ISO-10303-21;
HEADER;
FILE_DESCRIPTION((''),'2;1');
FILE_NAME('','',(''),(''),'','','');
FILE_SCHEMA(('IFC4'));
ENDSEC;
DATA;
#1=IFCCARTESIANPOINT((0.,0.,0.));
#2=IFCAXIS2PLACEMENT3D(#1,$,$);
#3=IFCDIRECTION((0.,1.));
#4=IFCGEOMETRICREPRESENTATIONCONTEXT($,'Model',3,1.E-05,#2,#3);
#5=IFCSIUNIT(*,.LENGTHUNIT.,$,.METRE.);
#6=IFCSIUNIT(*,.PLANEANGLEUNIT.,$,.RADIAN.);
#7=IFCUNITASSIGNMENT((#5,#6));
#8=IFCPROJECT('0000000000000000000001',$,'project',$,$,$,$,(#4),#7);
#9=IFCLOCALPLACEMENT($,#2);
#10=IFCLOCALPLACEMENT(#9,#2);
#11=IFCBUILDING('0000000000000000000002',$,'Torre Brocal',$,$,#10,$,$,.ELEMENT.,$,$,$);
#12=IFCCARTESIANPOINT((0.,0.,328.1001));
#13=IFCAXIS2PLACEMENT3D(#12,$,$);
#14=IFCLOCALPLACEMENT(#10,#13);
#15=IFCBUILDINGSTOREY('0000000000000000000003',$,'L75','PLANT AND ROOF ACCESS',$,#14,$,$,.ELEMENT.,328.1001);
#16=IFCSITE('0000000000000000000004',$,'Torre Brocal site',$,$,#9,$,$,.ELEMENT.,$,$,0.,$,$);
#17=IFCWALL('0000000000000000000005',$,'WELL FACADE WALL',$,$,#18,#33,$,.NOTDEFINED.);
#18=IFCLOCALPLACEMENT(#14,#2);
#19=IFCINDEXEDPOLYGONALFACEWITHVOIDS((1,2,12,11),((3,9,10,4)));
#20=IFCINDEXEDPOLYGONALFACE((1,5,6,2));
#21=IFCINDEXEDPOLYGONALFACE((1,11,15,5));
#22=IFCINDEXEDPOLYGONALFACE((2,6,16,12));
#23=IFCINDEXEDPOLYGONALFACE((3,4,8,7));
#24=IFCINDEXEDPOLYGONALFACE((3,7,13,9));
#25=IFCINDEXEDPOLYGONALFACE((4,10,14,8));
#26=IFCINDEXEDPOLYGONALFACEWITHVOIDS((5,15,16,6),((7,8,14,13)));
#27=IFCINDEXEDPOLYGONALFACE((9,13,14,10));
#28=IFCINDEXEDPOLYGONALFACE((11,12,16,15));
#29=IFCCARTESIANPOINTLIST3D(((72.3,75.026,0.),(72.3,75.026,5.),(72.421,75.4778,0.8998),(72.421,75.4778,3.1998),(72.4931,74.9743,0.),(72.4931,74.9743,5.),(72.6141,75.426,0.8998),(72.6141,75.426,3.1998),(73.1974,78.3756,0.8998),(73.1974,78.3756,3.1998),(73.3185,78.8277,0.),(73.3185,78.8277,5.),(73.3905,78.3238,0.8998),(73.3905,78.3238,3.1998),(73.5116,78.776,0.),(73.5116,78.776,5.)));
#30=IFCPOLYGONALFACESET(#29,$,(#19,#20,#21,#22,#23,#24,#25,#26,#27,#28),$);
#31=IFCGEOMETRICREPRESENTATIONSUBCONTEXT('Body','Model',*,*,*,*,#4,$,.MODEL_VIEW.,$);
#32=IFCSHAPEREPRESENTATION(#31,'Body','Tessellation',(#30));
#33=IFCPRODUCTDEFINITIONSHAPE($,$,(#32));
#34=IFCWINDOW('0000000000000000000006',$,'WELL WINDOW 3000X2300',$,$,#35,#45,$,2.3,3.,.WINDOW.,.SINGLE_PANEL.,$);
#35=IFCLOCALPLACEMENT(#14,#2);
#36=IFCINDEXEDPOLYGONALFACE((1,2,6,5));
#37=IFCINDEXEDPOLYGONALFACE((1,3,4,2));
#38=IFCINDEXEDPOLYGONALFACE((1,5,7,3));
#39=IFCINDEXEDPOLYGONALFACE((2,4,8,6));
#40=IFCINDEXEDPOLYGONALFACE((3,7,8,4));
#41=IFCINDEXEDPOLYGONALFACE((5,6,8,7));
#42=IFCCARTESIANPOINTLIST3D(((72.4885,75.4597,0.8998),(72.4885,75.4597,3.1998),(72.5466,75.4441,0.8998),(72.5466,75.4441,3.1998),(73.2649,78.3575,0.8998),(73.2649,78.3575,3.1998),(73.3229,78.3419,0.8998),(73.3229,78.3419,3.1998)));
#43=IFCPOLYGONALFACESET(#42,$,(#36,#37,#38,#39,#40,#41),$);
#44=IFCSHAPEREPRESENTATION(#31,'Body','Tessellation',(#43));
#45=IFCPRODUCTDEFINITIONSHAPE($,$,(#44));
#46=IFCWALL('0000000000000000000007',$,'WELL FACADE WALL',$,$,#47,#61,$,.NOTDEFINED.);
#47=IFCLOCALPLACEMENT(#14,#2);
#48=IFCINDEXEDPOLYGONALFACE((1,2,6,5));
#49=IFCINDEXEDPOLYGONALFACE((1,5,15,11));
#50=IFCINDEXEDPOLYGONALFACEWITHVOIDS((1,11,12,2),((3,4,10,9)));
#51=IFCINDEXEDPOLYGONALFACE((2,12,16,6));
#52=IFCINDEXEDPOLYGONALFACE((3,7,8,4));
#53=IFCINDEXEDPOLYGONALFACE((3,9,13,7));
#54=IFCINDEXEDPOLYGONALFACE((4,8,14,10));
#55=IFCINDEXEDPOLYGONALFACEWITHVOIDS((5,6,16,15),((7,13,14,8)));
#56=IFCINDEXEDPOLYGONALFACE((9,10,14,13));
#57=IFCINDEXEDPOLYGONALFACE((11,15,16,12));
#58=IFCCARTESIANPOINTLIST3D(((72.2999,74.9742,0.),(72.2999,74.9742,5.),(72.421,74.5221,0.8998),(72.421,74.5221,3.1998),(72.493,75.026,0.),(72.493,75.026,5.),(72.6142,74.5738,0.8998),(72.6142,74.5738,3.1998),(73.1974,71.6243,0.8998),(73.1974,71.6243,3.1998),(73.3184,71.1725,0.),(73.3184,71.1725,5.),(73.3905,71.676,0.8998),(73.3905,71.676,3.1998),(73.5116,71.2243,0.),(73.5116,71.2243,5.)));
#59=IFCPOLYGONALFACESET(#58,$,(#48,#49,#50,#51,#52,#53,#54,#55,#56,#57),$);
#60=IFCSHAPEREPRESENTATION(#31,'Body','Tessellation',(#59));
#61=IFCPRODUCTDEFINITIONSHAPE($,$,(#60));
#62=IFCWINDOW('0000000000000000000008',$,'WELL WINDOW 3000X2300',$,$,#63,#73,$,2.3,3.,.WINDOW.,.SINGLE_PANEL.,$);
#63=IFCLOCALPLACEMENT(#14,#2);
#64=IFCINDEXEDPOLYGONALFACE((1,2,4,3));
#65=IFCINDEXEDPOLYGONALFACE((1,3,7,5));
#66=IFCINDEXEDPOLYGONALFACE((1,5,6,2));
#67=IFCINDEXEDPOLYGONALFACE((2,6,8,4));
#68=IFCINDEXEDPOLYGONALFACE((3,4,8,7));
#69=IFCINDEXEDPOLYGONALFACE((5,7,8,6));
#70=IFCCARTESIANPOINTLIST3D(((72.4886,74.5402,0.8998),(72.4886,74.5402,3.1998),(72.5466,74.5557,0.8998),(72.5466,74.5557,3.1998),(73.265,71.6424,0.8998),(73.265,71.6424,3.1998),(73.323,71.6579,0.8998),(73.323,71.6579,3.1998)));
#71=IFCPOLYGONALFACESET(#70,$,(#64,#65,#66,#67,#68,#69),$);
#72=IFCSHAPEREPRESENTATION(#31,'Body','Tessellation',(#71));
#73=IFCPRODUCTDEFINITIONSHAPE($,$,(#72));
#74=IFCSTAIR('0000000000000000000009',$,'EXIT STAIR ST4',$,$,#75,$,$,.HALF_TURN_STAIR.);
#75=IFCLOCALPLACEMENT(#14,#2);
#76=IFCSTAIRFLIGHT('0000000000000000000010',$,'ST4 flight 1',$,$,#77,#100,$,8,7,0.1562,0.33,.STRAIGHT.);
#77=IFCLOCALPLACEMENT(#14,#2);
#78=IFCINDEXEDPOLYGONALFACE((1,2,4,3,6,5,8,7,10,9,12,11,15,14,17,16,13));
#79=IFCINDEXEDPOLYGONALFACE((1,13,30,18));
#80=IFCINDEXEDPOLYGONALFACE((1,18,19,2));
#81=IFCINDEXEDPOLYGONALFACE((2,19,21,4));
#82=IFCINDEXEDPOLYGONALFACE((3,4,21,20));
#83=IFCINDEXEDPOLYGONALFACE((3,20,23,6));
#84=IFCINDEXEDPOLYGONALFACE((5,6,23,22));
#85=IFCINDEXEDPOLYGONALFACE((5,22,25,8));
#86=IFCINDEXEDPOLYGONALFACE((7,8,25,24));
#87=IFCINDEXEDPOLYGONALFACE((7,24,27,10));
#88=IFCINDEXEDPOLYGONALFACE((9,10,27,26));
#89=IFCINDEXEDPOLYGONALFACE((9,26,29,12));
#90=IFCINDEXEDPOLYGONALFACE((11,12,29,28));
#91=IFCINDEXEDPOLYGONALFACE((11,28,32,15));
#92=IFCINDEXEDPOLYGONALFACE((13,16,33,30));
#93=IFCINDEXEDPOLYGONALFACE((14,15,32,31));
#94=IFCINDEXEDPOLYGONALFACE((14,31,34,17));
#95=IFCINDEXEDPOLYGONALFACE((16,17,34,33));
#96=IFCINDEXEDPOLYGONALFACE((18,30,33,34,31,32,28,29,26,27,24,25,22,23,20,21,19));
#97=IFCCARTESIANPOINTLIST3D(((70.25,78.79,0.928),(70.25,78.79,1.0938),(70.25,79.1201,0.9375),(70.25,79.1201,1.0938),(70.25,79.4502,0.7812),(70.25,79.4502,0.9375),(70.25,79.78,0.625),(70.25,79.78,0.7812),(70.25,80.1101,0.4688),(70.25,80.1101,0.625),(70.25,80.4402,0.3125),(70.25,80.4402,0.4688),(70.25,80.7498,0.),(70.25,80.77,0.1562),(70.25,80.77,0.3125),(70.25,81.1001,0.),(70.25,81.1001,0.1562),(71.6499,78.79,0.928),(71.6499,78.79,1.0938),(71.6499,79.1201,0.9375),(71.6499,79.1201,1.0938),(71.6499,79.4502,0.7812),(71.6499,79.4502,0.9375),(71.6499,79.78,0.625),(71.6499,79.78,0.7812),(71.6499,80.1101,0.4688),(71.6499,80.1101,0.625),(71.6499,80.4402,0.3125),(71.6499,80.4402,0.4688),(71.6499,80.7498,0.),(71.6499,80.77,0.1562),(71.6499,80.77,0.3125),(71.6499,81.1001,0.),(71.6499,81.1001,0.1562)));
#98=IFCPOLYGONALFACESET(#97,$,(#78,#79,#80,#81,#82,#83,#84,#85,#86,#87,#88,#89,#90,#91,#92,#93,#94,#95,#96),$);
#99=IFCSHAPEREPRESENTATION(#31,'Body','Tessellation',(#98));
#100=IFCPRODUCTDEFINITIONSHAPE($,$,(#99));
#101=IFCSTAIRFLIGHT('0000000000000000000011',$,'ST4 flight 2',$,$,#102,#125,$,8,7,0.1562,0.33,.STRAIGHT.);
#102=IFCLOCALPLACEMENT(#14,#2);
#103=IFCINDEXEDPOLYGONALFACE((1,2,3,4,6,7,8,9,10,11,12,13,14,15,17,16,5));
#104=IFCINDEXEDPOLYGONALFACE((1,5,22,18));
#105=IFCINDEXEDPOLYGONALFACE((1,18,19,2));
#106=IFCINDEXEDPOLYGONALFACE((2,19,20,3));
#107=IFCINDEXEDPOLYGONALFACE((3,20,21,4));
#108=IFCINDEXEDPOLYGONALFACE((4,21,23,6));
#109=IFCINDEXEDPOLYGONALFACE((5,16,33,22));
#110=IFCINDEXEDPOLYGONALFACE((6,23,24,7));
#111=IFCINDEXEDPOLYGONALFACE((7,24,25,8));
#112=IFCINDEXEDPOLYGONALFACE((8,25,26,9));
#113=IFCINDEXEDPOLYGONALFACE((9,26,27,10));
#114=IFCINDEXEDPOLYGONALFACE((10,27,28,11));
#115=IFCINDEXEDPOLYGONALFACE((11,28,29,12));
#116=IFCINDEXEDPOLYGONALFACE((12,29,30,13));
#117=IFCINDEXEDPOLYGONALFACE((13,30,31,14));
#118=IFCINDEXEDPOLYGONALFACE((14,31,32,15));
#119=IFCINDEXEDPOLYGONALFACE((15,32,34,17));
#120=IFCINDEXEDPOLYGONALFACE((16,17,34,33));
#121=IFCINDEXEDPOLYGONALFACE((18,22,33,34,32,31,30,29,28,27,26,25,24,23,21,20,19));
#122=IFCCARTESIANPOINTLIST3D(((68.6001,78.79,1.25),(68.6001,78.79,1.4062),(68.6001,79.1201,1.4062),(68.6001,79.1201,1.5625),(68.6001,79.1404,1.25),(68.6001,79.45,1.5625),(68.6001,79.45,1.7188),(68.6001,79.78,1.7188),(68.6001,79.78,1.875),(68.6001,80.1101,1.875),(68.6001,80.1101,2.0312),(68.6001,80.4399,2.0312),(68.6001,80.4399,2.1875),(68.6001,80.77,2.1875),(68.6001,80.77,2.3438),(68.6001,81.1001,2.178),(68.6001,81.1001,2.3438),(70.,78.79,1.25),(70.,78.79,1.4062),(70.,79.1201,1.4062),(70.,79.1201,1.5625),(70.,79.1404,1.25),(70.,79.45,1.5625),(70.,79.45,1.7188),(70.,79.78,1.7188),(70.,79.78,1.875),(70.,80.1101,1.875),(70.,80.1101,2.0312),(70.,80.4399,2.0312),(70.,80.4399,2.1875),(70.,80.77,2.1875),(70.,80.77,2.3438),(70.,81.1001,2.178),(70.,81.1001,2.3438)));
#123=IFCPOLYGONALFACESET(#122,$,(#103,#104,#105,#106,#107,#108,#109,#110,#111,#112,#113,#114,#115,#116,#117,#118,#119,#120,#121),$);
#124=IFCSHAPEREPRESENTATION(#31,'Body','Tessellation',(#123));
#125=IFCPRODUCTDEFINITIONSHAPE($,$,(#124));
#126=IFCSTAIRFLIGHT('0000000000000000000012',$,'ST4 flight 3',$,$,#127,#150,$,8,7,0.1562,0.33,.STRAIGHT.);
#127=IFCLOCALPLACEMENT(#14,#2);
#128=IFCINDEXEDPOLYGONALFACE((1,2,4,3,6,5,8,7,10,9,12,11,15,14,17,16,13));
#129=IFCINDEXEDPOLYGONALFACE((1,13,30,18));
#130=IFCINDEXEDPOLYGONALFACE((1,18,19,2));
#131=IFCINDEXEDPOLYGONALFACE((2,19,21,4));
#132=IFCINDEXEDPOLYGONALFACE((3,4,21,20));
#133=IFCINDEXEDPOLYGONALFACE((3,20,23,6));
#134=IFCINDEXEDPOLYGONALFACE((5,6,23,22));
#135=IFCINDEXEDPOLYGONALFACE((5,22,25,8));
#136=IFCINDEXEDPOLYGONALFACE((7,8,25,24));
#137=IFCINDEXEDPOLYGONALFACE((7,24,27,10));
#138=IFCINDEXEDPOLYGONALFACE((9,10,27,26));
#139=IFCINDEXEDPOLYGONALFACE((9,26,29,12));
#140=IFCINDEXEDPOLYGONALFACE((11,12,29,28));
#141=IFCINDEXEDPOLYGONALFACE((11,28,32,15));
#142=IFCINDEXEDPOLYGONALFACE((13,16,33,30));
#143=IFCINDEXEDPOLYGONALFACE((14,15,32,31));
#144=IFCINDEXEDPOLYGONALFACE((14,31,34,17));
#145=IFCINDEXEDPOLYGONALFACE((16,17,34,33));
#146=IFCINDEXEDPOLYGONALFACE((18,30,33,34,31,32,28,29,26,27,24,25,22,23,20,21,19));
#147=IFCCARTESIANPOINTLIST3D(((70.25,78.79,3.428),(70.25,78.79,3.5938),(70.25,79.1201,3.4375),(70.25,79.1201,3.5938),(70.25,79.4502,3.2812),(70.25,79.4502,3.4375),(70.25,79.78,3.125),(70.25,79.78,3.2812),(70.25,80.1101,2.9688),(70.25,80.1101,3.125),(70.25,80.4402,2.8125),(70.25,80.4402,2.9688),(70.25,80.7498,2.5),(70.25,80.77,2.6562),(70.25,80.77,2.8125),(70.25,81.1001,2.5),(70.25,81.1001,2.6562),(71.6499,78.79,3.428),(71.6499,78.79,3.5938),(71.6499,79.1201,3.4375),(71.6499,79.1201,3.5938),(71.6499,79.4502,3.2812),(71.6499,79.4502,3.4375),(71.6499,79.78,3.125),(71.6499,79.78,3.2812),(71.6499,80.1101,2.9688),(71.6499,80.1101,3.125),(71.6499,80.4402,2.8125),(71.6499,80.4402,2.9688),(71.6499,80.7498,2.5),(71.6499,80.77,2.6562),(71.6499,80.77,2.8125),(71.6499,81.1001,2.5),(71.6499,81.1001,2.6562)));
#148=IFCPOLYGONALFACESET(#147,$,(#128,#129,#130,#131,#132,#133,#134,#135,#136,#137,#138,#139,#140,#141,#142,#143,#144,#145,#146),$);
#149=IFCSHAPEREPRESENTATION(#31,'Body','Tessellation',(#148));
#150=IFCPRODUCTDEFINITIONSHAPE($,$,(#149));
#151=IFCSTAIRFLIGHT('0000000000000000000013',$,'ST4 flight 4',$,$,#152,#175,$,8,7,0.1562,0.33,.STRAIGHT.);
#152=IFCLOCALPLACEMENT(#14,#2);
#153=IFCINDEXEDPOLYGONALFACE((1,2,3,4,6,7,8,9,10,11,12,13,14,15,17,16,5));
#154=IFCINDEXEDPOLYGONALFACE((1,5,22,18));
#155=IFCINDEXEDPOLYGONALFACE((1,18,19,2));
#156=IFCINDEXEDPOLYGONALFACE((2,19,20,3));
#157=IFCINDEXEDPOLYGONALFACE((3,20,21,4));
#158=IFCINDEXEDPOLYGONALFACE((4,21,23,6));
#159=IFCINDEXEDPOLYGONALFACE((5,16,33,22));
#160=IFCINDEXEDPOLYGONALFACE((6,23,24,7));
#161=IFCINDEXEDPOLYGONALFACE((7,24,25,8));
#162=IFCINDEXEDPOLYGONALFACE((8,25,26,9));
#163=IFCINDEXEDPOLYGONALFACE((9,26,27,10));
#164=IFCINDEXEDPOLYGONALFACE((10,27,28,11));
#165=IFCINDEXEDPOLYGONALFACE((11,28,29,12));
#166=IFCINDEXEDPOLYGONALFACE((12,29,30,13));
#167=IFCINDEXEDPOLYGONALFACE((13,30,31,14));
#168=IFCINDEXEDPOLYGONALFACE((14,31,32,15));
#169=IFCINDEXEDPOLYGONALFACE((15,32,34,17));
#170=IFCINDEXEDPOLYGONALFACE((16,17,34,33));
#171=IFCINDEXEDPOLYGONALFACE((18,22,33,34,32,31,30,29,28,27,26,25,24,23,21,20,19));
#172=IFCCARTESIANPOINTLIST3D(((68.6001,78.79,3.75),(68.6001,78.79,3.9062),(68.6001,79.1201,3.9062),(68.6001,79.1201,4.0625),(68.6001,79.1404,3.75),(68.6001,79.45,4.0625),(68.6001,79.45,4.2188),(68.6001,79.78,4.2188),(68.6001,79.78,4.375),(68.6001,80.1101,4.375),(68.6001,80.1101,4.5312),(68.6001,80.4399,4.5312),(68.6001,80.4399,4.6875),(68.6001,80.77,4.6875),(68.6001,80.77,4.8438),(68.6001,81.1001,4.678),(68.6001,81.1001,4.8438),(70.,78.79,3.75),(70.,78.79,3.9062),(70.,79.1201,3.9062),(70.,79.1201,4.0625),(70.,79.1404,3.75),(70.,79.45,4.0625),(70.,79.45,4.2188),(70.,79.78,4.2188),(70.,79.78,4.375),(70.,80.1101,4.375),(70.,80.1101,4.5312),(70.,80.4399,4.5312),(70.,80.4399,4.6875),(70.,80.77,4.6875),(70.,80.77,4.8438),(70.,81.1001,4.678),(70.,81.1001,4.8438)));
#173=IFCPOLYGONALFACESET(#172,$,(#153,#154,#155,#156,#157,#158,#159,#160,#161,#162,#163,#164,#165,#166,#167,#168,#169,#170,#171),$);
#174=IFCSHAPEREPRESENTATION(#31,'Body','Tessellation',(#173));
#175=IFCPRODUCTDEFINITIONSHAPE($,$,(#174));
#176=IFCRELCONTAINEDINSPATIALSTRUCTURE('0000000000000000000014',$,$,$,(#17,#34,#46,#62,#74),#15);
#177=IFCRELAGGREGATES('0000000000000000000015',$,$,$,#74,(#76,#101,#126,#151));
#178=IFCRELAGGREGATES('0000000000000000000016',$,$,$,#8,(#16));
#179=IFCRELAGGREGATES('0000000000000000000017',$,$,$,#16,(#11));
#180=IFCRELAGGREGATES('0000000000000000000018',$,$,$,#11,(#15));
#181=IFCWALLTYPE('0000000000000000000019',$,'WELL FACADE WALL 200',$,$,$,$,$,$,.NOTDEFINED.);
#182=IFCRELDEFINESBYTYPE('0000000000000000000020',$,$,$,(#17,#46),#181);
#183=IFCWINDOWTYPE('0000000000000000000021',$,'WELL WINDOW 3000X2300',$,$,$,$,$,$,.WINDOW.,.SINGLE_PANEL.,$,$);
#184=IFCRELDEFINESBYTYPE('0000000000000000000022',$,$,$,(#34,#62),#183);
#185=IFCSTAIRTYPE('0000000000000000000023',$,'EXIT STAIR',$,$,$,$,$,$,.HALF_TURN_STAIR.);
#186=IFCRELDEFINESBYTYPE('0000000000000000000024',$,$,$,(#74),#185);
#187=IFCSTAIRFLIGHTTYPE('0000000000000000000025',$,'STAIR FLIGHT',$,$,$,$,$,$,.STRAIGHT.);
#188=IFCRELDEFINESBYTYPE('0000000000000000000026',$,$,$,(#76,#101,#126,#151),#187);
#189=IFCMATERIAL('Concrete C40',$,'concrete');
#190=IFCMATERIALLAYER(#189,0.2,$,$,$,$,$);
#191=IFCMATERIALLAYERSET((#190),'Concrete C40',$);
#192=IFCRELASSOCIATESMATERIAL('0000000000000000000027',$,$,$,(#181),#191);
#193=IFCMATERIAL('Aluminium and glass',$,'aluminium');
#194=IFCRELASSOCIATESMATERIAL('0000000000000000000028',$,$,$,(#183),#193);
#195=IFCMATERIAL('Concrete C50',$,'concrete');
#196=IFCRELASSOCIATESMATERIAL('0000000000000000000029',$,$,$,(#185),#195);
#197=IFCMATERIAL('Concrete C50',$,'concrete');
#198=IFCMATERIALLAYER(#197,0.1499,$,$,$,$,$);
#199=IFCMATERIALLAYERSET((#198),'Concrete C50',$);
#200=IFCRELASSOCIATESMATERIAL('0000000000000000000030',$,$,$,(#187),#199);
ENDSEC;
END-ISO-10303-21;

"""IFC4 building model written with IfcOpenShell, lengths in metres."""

from ifc_helpers import new_model, si_unit, direction, frame, frame_2d, origin, place, context, subcontext, project, spatial, polyline, rectangle, outline, extrude, material, layer, layer_set, type_object, element, fill, aggregate, save


model = new_model("IFC4")

# Units and contexts
model_context = context("Model", 3, precision=1e-05, world=origin(), true_north=direction((0.0, 1.0)))
body_context = subcontext(model_context, "Body", "Model", "MODEL_VIEW")
ifc_project = project(units=[si_unit("LENGTHUNIT", "METRE"), si_unit("PLANEANGLEUNIT", "RADIAN")], contexts=[model_context])

# Site, building, storey
site_placement = place(None, origin())
site = spatial("IfcSite", under=ifc_project, at=site_placement, Name="Torre Brocal site", CompositionType="ELEMENT", RefElevation=0.0)
building_placement = place(site_placement, origin())
building = spatial("IfcBuilding", under=site, at=building_placement, Name="Torre Brocal", CompositionType="ELEMENT")
storey_placement = place(building_placement, frame((0.0, 0.0, 328.1001)))
storey = spatial("IfcBuildingStorey", under=building, at=storey_placement, Name="L75", Description="PLANT AND ROOF ACCESS", CompositionType="ELEMENT", Elevation=328.1001)

# Walls, openings, windows
ifc_material_1 = material(Name="Concrete C40", Category="concrete")
ifc_layer_1 = layer(ifc_material_1, 0.2)
ifc_layer_set_1 = layer_set([ifc_layer_1], Name="Concrete C40")
wall_type_1 = type_object("IfcWallType", Name="WELL FACADE WALL 200", PredefinedType="NOTDEFINED", material=ifc_layer_set_1)
ifc_material_2 = material(Name="Aluminium and glass", Category="aluminium")
window_type = type_object("IfcWindowType", Name="WELL WINDOW 3000X2300", PartitioningType="SINGLE_PANEL", PredefinedType="WINDOW", material=ifc_material_2)
wall_1_placement = place(storey_placement, frame((73.415, 78.8018, 0.0), z_axis=(0.0, 0.0, 1.0), x_axis=(-0.25879, -0.965934, 0.0)))
wall_1 = element("IfcWall", 1, at=wall_1_placement, inside=storey, type_object=wall_type_1, Name="WELL FACADE WALL", PredefinedType="NOTDEFINED", context=body_context, shape_type="SweptSolid", body=[
    extrude(rectangle(XDim=3.9358, YDim=0.2, at=frame_2d((1.9678, 0.0))), origin(), (0.0, 0.0, 1.0), 5.0),
])
opening_1_placement = place(wall_1_placement, frame((0.468, 0.0, 0.8999)))
opening_1 = element("IfcOpeningElement", 2, at=opening_1_placement, cuts=wall_1, PredefinedType="OPENING", context=body_context, shape_type="SweptSolid", body=[
    extrude(rectangle(XDim=3.0, YDim=2.3, at=frame_2d((1.5, 1.1499))), frame((0.0, 0.1099, 0.0), z_axis=(0.0, -1.0, 0.0), x_axis=(1.0, 0.0, 0.0)), (0.0, 0.0, 1.0), 0.22),
])
window_1_placement = place(opening_1_placement, origin())
window_1 = element("IfcWindow", 3, at=window_1_placement, inside=storey, type_object=window_type, Name="WELL WINDOW 3000X2300", OverallHeight=2.3, OverallWidth=3.0, PartitioningType="SINGLE_PANEL", PredefinedType="WINDOW", context=body_context, shape_type="SweptSolid", body=[
    extrude(rectangle(XDim=3.0, YDim=2.3, at=frame_2d((1.5, 1.1499))), frame((0.0, 0.03, 0.0), z_axis=(0.0, -1.0, 0.0), x_axis=(1.0, 0.0, 0.0)), (0.0, 0.0, 1.0), 0.0601),
])
fill(opening_1, window_1)
wall_2_placement = place(storey_placement, frame((72.3965, 75.0, 0.0), z_axis=(0.0, 0.0, 1.0), x_axis=(0.25879, -0.965934, 0.0)))
wall_2 = element("IfcWall", 4, at=wall_2_placement, inside=storey, type_object=wall_type_1, Name="WELL FACADE WALL", PredefinedType="NOTDEFINED", context=body_context, shape_type="SweptSolid", body=[
    extrude(rectangle(XDim=3.9358, YDim=0.2, at=frame_2d((1.9678, 0.0))), origin(), (0.0, 0.0, 1.0), 5.0),
])
opening_2_placement = place(wall_2_placement, frame((0.468, 0.0, 0.8999)))
opening_2 = element("IfcOpeningElement", 5, at=opening_2_placement, cuts=wall_2, PredefinedType="OPENING", context=body_context, shape_type="SweptSolid", body=[
    extrude(rectangle(XDim=3.0, YDim=2.3, at=frame_2d((1.5, 1.1499))), frame((0.0, 0.1099, 0.0), z_axis=(0.0, -1.0, 0.0), x_axis=(1.0, 0.0, 0.0)), (0.0, 0.0, 1.0), 0.22),
])
window_2_placement = place(opening_2_placement, origin())
window_2 = element("IfcWindow", 6, at=window_2_placement, inside=storey, type_object=window_type, Name="WELL WINDOW 3000X2300", OverallHeight=2.3, OverallWidth=3.0, PartitioningType="SINGLE_PANEL", PredefinedType="WINDOW", context=body_context, shape_type="SweptSolid", body=[
    extrude(rectangle(XDim=3.0, YDim=2.3, at=frame_2d((1.5, 1.1499))), frame((0.0, 0.03, 0.0), z_axis=(0.0, -1.0, 0.0), x_axis=(1.0, 0.0, 0.0)), (0.0, 0.0, 1.0), 0.0601),
])
fill(opening_2, window_2)

# Stair, stair flights
ifc_material_3 = material(Name="Concrete C50", Category="concrete")
stair_type = type_object("IfcStairType", Name="EXIT STAIR", PredefinedType="HALF_TURN_STAIR", material=ifc_material_3)
stair_placement = place(storey_placement, origin())
stair = element("IfcStair", 7, at=stair_placement, inside=storey, type_object=stair_type, Name="EXIT STAIR ST4", PredefinedType="HALF_TURN_STAIR")
ifc_material_4 = material(Name="Concrete C50", Category="concrete")
ifc_layer_2 = layer(ifc_material_4, 0.1499)
ifc_layer_set_2 = layer_set([ifc_layer_2], Name="Concrete C50")
stair_flight_type = type_object("IfcStairFlightType", Name="STAIR FLIGHT", PredefinedType="STRAIGHT", material=ifc_layer_set_2)
stair_flight_1_placement = place(storey_placement, frame((70.95, 81.1001, 0.0), z_axis=(0.0, 0.0, 1.0), x_axis=(0.0, -1.0, 0.0)))
stair_flight_1 = element("IfcStairFlight", 8, at=stair_flight_1_placement, type_object=stair_flight_type, Name="ST4 flight 1", NumberOfRisers=8, NumberOfTreads=7, PredefinedType="STRAIGHT", RiserHeight=0.1562, TreadLength=0.33, context=body_context, shape_type="SweptSolid", body=[
    extrude(outline(polyline([(0.0, 0.0), (0.0, 0.1562), (0.3301, 0.1562), (0.3301, 0.3125), (0.6599, 0.3125), (0.6599, 0.4688), (0.99, 0.4688), (0.99, 0.625), (1.3201, 0.625), (1.3201, 0.7812), (1.6499, 0.7812), (1.6499, 0.9375), (1.98, 0.9375), (1.98, 1.0938), (2.3101, 1.0938), (2.3101, 1.25), (2.3101, 0.928), (0.3503, 0.0), (0.0, 0.0)])), frame((0.0, 0.7, 0.0), z_axis=(0.0, -1.0, 0.0), x_axis=(1.0, 0.0, 0.0)), (0.0, 0.0, 1.0), 1.3999),
])
stair_flight_2_placement = place(storey_placement, frame((69.3, 78.79, 1.25), z_axis=(0.0, 0.0, 1.0), x_axis=(0.0, 1.0, 0.0)))
stair_flight_2 = element("IfcStairFlight", 9, at=stair_flight_2_placement, type_object=stair_flight_type, Name="ST4 flight 2", NumberOfRisers=8, NumberOfTreads=7, PredefinedType="STRAIGHT", RiserHeight=0.1562, TreadLength=0.33, context=body_context, shape_type="SweptSolid", body=[
    extrude(outline(polyline([(0.0, 0.0), (0.0, 0.1562), (0.3301, 0.1562), (0.3301, 0.3125), (0.6599, 0.3125), (0.6599, 0.4688), (0.99, 0.4688), (0.99, 0.625), (1.3201, 0.625), (1.3201, 0.7812), (1.6499, 0.7812), (1.6499, 0.9375), (1.98, 0.9375), (1.98, 1.0938), (2.3101, 1.0938), (2.3101, 1.25), (2.3101, 0.928), (0.3503, 0.0), (0.0, 0.0)])), frame((0.0, 0.7, 0.0), z_axis=(0.0, -1.0, 0.0), x_axis=(1.0, 0.0, 0.0)), (0.0, 0.0, 1.0), 1.3999),
])
stair_flight_3_placement = place(storey_placement, frame((70.95, 81.1001, 2.5), z_axis=(0.0, 0.0, 1.0), x_axis=(0.0, -1.0, 0.0)))
stair_flight_3 = element("IfcStairFlight", 10, at=stair_flight_3_placement, type_object=stair_flight_type, Name="ST4 flight 3", NumberOfRisers=8, NumberOfTreads=7, PredefinedType="STRAIGHT", RiserHeight=0.1562, TreadLength=0.33, context=body_context, shape_type="SweptSolid", body=[
    extrude(outline(polyline([(0.0, 0.0), (0.0, 0.1562), (0.3301, 0.1562), (0.3301, 0.3125), (0.6599, 0.3125), (0.6599, 0.4688), (0.99, 0.4688), (0.99, 0.625), (1.3201, 0.625), (1.3201, 0.7812), (1.6499, 0.7812), (1.6499, 0.9375), (1.98, 0.9375), (1.98, 1.0938), (2.3101, 1.0938), (2.3101, 1.25), (2.3101, 0.928), (0.3503, 0.0), (0.0, 0.0)])), frame((0.0, 0.7, 0.0), z_axis=(0.0, -1.0, 0.0), x_axis=(1.0, 0.0, 0.0)), (0.0, 0.0, 1.0), 1.3999),
])
stair_flight_4_placement = place(storey_placement, frame((69.3, 78.79, 3.75), z_axis=(0.0, 0.0, 1.0), x_axis=(0.0, 1.0, 0.0)))
stair_flight_4 = element("IfcStairFlight", 11, at=stair_flight_4_placement, type_object=stair_flight_type, Name="ST4 flight 4", NumberOfRisers=8, NumberOfTreads=7, PredefinedType="STRAIGHT", RiserHeight=0.1562, TreadLength=0.33, context=body_context, shape_type="SweptSolid", body=[
    extrude(outline(polyline([(0.0, 0.0), (0.0, 0.1562), (0.3301, 0.1562), (0.3301, 0.3125), (0.6599, 0.3125), (0.6599, 0.4688), (0.99, 0.4688), (0.99, 0.625), (1.3201, 0.625), (1.3201, 0.7812), (1.6499, 0.7812), (1.6499, 0.9375), (1.98, 0.9375), (1.98, 1.0938), (2.3101, 1.0938), (2.3101, 1.25), (2.3101, 0.928), (0.3503, 0.0), (0.0, 0.0)])), frame((0.0, 0.7, 0.0), z_axis=(0.0, -1.0, 0.0), x_axis=(1.0, 0.0, 0.0)), (0.0, 0.0, 1.0), 1.3999),
])
aggregate(stair, [stair_flight_1, stair_flight_2, stair_flight_3, stair_flight_4])

save(model, "model.ifc")
